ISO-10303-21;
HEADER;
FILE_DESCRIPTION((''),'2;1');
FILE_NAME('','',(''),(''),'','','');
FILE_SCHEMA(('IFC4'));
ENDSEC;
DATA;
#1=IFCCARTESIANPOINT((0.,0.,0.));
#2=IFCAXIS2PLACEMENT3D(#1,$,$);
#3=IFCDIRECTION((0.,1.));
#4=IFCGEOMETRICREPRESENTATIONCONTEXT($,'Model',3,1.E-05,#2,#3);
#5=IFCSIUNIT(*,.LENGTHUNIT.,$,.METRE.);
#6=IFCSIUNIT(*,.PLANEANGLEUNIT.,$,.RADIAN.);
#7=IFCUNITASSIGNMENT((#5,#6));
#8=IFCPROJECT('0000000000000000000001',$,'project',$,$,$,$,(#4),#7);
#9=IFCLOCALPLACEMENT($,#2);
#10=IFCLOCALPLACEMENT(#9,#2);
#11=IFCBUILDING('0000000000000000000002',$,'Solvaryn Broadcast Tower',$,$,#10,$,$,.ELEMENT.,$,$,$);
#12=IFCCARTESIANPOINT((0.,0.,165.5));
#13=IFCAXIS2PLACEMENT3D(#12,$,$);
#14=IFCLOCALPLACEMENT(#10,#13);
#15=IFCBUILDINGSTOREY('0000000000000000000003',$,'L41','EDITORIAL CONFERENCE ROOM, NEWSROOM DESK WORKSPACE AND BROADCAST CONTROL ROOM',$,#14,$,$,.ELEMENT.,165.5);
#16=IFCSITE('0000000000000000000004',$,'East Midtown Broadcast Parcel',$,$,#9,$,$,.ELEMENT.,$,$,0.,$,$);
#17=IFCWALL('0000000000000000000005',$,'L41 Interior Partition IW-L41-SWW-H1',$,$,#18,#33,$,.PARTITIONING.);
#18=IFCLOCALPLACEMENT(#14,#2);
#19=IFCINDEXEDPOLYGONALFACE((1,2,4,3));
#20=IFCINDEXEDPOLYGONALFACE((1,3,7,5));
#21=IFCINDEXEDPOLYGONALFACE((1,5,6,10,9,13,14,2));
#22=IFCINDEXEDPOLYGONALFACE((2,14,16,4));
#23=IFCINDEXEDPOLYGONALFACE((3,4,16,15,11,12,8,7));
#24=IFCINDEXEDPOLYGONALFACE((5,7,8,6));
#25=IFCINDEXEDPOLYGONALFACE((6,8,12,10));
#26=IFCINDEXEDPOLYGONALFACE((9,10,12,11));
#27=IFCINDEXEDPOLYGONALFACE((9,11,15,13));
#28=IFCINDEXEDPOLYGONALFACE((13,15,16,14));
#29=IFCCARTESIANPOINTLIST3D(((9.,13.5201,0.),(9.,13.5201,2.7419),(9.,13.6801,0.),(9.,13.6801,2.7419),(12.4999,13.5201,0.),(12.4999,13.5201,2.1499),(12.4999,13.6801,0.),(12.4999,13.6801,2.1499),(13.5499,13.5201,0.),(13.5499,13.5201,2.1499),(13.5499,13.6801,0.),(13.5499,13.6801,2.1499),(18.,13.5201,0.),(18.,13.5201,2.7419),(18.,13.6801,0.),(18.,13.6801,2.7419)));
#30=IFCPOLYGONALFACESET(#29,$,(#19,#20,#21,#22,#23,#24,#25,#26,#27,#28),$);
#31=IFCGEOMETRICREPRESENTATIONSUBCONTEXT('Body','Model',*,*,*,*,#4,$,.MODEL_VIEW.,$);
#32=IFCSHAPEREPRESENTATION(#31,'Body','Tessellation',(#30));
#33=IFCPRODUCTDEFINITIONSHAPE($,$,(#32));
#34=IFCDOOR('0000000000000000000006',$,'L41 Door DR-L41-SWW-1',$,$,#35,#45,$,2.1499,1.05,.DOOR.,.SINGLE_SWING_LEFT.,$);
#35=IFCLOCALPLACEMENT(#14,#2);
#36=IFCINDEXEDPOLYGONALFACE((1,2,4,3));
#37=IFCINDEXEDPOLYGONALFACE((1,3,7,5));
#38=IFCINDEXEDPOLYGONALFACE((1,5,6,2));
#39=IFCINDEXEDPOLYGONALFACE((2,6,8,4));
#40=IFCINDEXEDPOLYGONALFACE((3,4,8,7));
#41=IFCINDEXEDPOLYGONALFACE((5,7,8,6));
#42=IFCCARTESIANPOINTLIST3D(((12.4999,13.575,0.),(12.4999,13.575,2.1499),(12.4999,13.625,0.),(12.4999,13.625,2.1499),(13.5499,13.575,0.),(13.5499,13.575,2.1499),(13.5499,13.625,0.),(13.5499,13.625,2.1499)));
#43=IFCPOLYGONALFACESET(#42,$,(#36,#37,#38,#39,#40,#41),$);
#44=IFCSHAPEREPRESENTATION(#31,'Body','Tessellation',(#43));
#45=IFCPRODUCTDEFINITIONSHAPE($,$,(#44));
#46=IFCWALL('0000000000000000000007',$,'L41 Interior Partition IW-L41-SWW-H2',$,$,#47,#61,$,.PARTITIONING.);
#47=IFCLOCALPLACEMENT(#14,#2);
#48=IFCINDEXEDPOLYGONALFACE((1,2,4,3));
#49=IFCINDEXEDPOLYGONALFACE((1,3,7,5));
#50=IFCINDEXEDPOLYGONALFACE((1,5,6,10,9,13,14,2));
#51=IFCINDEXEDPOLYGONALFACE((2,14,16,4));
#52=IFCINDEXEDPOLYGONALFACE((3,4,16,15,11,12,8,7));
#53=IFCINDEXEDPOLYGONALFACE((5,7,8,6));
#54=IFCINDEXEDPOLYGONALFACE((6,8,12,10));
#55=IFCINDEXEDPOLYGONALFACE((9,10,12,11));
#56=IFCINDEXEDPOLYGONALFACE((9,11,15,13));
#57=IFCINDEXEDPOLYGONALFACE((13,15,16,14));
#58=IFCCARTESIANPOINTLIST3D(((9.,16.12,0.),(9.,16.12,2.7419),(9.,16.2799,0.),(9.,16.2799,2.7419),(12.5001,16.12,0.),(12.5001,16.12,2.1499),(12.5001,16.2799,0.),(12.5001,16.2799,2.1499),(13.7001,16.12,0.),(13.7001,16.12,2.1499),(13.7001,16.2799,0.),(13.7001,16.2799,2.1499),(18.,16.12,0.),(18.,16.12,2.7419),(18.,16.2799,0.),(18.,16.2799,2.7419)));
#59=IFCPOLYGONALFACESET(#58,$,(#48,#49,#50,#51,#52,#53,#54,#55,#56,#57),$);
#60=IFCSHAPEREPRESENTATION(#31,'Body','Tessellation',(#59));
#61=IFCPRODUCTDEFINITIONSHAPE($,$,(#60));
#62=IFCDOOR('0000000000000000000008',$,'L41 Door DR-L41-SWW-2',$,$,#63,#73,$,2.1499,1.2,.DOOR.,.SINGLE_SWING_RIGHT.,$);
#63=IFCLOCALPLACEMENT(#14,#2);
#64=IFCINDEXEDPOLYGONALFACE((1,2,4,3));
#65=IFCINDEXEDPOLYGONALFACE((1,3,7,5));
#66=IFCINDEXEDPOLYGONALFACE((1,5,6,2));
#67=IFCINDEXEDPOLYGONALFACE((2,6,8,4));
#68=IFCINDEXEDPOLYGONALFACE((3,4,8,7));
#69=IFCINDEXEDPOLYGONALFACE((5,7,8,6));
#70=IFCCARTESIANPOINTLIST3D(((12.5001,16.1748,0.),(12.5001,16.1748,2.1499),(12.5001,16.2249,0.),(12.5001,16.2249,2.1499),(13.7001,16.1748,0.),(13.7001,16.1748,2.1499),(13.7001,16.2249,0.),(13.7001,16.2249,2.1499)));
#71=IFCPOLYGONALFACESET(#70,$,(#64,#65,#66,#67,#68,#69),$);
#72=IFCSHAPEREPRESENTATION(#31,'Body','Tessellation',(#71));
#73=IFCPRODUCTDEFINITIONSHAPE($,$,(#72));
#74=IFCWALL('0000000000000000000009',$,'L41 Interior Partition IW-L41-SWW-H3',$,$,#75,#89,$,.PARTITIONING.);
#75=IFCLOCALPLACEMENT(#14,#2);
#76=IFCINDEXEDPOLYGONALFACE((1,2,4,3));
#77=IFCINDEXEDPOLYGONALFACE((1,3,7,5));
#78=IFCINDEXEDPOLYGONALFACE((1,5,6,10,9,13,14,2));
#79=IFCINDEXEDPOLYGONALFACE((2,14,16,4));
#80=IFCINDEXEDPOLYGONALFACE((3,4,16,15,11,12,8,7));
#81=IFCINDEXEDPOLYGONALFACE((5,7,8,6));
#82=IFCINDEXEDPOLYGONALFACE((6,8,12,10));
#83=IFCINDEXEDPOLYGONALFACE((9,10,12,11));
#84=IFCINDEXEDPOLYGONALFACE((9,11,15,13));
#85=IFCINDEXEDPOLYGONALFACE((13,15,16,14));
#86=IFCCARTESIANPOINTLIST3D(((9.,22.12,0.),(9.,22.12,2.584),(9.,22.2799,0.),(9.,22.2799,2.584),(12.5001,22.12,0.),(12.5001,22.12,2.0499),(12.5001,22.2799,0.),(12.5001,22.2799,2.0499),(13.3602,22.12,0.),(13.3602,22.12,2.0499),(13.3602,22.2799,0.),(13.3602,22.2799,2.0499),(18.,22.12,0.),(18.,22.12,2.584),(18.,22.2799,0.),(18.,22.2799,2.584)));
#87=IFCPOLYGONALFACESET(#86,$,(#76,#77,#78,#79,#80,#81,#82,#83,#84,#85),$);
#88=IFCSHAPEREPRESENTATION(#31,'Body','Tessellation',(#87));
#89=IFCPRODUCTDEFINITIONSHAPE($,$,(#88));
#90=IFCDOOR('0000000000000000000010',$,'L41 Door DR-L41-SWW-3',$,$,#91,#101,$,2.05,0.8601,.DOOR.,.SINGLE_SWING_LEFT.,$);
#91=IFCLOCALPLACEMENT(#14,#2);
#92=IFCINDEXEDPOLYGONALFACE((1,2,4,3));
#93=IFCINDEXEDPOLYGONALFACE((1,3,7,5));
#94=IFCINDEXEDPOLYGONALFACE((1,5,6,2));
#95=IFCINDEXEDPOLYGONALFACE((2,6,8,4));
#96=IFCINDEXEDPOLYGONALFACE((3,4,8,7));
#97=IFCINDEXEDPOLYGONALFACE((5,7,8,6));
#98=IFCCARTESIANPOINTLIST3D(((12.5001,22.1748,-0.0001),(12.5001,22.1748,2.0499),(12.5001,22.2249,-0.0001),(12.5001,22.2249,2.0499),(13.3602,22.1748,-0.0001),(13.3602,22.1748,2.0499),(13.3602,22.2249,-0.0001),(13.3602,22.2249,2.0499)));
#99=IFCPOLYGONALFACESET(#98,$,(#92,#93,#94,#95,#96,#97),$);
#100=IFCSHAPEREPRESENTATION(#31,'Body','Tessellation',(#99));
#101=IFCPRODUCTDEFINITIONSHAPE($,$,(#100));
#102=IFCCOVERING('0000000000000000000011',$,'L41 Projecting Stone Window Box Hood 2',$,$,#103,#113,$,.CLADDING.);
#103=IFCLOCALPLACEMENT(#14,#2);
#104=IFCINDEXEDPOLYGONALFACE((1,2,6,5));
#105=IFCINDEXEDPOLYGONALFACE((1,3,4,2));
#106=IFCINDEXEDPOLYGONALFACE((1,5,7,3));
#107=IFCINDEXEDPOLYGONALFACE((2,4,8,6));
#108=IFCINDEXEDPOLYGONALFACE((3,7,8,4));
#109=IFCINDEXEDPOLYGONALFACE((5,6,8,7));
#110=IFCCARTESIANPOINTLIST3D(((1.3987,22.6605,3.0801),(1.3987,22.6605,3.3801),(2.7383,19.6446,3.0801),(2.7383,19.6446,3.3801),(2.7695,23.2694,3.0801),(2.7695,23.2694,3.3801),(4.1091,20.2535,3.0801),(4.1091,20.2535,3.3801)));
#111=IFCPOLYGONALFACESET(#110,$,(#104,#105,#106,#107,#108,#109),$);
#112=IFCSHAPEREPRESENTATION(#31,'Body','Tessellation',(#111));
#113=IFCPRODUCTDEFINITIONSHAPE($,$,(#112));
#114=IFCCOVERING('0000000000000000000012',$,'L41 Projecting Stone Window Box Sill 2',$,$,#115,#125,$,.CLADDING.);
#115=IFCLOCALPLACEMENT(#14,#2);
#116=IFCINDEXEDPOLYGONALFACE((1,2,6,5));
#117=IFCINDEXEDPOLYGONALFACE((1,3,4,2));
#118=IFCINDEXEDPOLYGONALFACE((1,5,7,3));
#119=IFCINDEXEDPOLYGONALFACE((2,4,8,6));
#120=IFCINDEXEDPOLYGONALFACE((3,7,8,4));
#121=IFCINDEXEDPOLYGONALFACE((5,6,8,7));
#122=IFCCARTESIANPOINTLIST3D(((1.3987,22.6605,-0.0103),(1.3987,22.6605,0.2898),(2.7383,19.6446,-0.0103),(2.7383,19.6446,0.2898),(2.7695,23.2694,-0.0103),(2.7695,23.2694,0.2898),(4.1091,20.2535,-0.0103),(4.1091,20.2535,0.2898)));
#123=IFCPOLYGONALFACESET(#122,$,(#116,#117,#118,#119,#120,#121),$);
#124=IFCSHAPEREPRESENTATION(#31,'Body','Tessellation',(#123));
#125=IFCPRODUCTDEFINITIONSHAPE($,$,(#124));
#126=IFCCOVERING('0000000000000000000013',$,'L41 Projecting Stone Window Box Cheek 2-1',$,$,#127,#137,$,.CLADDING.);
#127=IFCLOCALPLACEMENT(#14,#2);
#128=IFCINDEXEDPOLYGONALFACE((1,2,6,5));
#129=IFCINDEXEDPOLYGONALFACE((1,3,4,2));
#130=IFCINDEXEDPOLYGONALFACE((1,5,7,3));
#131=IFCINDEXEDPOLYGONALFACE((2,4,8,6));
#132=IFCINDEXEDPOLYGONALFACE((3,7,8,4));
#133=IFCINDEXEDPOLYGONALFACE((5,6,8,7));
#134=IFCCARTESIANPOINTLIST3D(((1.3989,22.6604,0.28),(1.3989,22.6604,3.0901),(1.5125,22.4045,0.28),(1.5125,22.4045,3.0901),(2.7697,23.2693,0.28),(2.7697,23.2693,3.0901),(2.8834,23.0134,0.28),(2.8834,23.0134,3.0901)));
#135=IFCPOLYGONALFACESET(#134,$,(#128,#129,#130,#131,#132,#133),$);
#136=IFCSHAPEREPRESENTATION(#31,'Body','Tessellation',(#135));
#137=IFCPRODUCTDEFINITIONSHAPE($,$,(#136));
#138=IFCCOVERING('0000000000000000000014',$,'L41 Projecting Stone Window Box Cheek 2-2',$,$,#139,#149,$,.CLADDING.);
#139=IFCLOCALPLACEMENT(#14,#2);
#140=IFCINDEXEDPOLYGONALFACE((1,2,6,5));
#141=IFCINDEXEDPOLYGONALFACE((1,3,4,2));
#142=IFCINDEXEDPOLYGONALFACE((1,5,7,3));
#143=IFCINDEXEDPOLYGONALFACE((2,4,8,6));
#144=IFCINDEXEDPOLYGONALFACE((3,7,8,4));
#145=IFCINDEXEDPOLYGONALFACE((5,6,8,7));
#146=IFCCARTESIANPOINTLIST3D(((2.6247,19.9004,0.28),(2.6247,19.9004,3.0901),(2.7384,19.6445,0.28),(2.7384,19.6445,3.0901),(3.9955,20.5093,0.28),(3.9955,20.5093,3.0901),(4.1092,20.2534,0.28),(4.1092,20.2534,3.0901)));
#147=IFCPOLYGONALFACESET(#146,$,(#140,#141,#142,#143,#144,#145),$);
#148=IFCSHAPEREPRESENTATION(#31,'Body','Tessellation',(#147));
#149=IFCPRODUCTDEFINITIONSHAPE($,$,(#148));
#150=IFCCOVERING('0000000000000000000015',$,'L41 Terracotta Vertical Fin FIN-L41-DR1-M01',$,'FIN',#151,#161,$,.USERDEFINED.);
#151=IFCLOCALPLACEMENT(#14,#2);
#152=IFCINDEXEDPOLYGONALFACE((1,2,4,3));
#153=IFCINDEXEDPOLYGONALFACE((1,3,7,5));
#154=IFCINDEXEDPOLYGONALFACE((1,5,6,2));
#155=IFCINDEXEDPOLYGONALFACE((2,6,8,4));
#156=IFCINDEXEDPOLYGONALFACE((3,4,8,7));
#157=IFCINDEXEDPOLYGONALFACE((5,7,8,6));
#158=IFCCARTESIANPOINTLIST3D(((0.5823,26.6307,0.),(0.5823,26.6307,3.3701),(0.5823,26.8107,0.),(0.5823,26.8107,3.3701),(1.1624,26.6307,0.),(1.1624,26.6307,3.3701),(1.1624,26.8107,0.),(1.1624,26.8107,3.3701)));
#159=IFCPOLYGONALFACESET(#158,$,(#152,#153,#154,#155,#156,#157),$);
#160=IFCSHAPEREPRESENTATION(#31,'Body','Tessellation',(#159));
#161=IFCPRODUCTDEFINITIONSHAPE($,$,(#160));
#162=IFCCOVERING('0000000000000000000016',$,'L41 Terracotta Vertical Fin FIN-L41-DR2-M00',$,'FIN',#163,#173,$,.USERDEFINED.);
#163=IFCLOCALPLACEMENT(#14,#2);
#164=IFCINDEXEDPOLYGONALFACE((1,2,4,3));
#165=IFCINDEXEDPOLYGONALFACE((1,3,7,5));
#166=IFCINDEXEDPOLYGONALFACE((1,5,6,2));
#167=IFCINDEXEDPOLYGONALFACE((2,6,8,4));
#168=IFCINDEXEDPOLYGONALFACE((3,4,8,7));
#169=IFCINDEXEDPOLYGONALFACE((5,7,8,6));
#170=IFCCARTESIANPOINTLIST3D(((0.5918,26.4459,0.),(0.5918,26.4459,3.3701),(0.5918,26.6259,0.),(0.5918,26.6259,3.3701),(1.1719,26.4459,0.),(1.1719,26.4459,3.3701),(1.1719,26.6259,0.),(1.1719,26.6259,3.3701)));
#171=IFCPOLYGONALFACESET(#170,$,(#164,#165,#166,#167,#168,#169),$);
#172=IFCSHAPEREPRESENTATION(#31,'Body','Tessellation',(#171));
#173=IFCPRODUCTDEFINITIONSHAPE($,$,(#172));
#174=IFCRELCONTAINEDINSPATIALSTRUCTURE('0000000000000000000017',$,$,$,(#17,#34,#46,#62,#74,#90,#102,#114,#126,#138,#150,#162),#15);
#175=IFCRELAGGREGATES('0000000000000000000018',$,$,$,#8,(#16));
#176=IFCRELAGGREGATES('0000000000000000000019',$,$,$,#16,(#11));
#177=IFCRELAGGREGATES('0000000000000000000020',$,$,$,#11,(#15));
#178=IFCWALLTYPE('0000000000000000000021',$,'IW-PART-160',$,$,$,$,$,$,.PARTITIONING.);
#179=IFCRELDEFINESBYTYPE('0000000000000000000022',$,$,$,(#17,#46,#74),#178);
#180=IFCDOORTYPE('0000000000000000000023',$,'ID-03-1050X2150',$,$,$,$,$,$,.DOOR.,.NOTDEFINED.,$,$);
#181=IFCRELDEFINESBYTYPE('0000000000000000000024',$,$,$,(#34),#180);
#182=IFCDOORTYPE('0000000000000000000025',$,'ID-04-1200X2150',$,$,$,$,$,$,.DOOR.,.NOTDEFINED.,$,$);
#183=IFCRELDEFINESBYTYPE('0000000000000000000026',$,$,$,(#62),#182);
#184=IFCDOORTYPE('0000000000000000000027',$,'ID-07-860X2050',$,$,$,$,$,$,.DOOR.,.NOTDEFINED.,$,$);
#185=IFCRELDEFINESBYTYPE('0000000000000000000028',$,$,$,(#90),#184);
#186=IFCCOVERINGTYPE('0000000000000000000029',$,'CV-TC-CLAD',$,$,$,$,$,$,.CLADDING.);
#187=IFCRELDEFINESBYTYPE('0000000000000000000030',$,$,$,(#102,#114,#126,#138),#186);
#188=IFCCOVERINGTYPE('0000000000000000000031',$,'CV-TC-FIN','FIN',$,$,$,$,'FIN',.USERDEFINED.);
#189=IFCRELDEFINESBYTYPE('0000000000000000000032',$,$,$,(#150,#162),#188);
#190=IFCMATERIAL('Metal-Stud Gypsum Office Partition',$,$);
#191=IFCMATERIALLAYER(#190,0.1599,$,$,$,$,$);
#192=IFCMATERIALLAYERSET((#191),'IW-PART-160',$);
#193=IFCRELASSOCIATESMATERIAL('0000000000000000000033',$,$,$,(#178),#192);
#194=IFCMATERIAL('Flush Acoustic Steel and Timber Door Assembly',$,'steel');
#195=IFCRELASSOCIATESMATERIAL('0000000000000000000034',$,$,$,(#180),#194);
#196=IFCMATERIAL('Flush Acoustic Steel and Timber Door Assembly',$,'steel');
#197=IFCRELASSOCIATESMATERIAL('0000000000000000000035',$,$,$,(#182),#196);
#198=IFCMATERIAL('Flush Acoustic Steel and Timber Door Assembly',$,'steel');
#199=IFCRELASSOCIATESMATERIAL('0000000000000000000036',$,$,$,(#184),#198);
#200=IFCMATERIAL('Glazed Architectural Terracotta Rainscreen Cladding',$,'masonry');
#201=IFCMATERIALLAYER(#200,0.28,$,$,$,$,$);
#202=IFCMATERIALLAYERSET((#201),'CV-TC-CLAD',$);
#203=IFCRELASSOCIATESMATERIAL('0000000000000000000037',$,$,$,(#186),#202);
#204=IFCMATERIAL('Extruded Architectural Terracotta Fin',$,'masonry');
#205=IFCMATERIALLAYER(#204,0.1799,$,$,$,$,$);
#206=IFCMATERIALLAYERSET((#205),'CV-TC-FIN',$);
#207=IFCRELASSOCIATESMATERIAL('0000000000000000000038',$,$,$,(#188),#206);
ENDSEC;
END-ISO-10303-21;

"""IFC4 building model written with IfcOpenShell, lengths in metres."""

from ifc_helpers import new_model, si_unit, direction, frame, frame_2d, origin, origin_2d, place, context, subcontext, project, spatial, rectangle, extrude, material, layer, layer_set, type_object, element, fill, save


model = new_model("IFC4")

# Units and contexts
model_context = context("Model", 3, precision=1e-05, world=origin(), true_north=direction((0.0, 1.0)))
body_context = subcontext(model_context, "Body", "Model", "MODEL_VIEW")
ifc_project = project(units=[si_unit("LENGTHUNIT", "METRE"), si_unit("PLANEANGLEUNIT", "RADIAN")], contexts=[model_context])

# Site, building, storey
site_placement = place(None, origin())
site = spatial("IfcSite", under=ifc_project, at=site_placement, Name="East Midtown Broadcast Parcel", CompositionType="ELEMENT", RefElevation=0.0)
building_placement = place(site_placement, origin())
building = spatial("IfcBuilding", under=site, at=building_placement, Name="Solvaryn Broadcast Tower", CompositionType="ELEMENT")
storey_placement = place(building_placement, frame((0.0, 0.0, 165.5)))
storey = spatial("IfcBuildingStorey", under=building, at=storey_placement, Name="L41", Description="EDITORIAL CONFERENCE ROOM, NEWSROOM DESK WORKSPACE AND BROADCAST CONTROL ROOM", CompositionType="ELEMENT", Elevation=165.5)

# Walls, openings, doors
ifc_material_1 = material(Name="Metal-Stud Gypsum Office Partition")
ifc_layer_1 = layer(ifc_material_1, 0.1599)
ifc_layer_set_1 = layer_set([ifc_layer_1], Name="IW-PART-160")
wall_type = type_object("IfcWallType", Name="IW-PART-160", PredefinedType="PARTITIONING", material=ifc_layer_set_1)
wall_1_placement = place(storey_placement, frame((9.0, 13.6001, 0.0), z_axis=(0.0, 0.0, 1.0), x_axis=(1.0, 0.0, 0.0)))
wall_1 = element("IfcWall", 1, at=wall_1_placement, inside=storey, type_object=wall_type, Name="L41 Interior Partition IW-L41-SWW-H1", PredefinedType="PARTITIONING", context=body_context, shape_type="SweptSolid", body=[
    extrude(rectangle(XDim=9.0, YDim=0.1599, at=frame_2d((4.5, 0.0))), origin(), (0.0, 0.0, 1.0), 2.7419),
])
opening_1_placement = place(wall_1_placement, frame((3.5, 0.0, 0.0)))
opening_1 = element("IfcOpeningElement", 2, at=opening_1_placement, cuts=wall_1, PredefinedType="OPENING", context=body_context, shape_type="SweptSolid", body=[
    extrude(rectangle(XDim=1.05, YDim=2.1499, at=frame_2d((0.5249, 1.075))), frame((0.0, 0.0901, 0.0), z_axis=(0.0, -1.0, 0.0), x_axis=(1.0, 0.0, 0.0)), (0.0, 0.0, 1.0), 0.1799),
])
ifc_material_2 = material(Name="Flush Acoustic Steel and Timber Door Assembly", Category="steel")
door_type_1 = type_object("IfcDoorType", Name="ID-03-1050X2150", OperationType="NOTDEFINED", PredefinedType="DOOR", material=ifc_material_2)
door_1_placement = place(opening_1_placement, origin())
door_1 = element("IfcDoor", 3, at=door_1_placement, inside=storey, type_object=door_type_1, Name="L41 Door DR-L41-SWW-1", OperationType="SINGLE_SWING_LEFT", OverallHeight=2.1499, OverallWidth=1.05, PredefinedType="DOOR", context=body_context, shape_type="SweptSolid", body=[
    extrude(rectangle(XDim=1.05, YDim=2.1499, at=frame_2d((0.5249, 1.075))), frame((0.0, 0.0249, 0.0), z_axis=(0.0, -1.0, 0.0), x_axis=(1.0, 0.0, 0.0)), (0.0, 0.0, 1.0), 0.05),
])
fill(opening_1, door_1)
wall_2_placement = place(storey_placement, frame((9.0, 16.2, 0.0), z_axis=(0.0, 0.0, 1.0), x_axis=(1.0, 0.0, 0.0)))
wall_2 = element("IfcWall", 4, at=wall_2_placement, inside=storey, type_object=wall_type, Name="L41 Interior Partition IW-L41-SWW-H2", PredefinedType="PARTITIONING", context=body_context, shape_type="SweptSolid", body=[
    extrude(rectangle(XDim=9.0, YDim=0.1599, at=frame_2d((4.5, 0.0))), origin(), (0.0, 0.0, 1.0), 2.7419),
])
opening_2_placement = place(wall_2_placement, frame((3.5, 0.0, 0.0)))
opening_2 = element("IfcOpeningElement", 5, at=opening_2_placement, cuts=wall_2, PredefinedType="OPENING", context=body_context, shape_type="SweptSolid", body=[
    extrude(rectangle(XDim=1.2, YDim=2.1499, at=frame_2d((0.6001, 1.075))), frame((0.0, 0.0901, 0.0), z_axis=(0.0, -1.0, 0.0), x_axis=(1.0, 0.0, 0.0)), (0.0, 0.0, 1.0), 0.1799),
])
ifc_material_3 = material(Name="Flush Acoustic Steel and Timber Door Assembly", Category="steel")
door_type_2 = type_object("IfcDoorType", Name="ID-04-1200X2150", OperationType="NOTDEFINED", PredefinedType="DOOR", material=ifc_material_3)
door_2_placement = place(opening_2_placement, origin())
door_2 = element("IfcDoor", 6, at=door_2_placement, inside=storey, type_object=door_type_2, Name="L41 Door DR-L41-SWW-2", OperationType="SINGLE_SWING_RIGHT", OverallHeight=2.1499, OverallWidth=1.2, PredefinedType="DOOR", context=body_context, shape_type="SweptSolid", body=[
    extrude(rectangle(XDim=1.2, YDim=2.1499, at=frame_2d((0.6001, 1.075))), frame((0.0, 0.0249, 0.0), z_axis=(0.0, -1.0, 0.0), x_axis=(1.0, 0.0, 0.0)), (0.0, 0.0, 1.0), 0.05),
])
fill(opening_2, door_2)
wall_3_placement = place(storey_placement, frame((9.0, 22.2, 0.0), z_axis=(0.0, 0.0, 1.0), x_axis=(1.0, 0.0, 0.0)))
wall_3 = element("IfcWall", 7, at=wall_3_placement, inside=storey, type_object=wall_type, Name="L41 Interior Partition IW-L41-SWW-H3", PredefinedType="PARTITIONING", context=body_context, shape_type="SweptSolid", body=[
    extrude(rectangle(XDim=9.0, YDim=0.1599, at=frame_2d((4.5, 0.0))), origin(), (0.0, 0.0, 1.0), 2.584),
])
opening_3_placement = place(wall_3_placement, frame((3.5, 0.0, 0.0)))
opening_3 = element("IfcOpeningElement", 8, at=opening_3_placement, cuts=wall_3, PredefinedType="OPENING", context=body_context, shape_type="SweptSolid", body=[
    extrude(rectangle(XDim=0.8601, YDim=2.05, at=frame_2d((0.4302, 1.0249))), frame((0.0, 0.0901, 0.0), z_axis=(0.0, -1.0, 0.0), x_axis=(1.0, 0.0, 0.0)), (0.0, 0.0, 1.0), 0.1799),
])
ifc_material_4 = material(Name="Flush Acoustic Steel and Timber Door Assembly", Category="steel")
door_type_3 = type_object("IfcDoorType", Name="ID-07-860X2050", OperationType="NOTDEFINED", PredefinedType="DOOR", material=ifc_material_4)
door_3_placement = place(opening_3_placement, origin())
door_3 = element("IfcDoor", 9, at=door_3_placement, inside=storey, type_object=door_type_3, Name="L41 Door DR-L41-SWW-3", OperationType="SINGLE_SWING_LEFT", OverallHeight=2.05, OverallWidth=0.8601, PredefinedType="DOOR", context=body_context, shape_type="SweptSolid", body=[
    extrude(rectangle(XDim=0.8601, YDim=2.05, at=frame_2d((0.4302, 1.0249))), frame((0.0, 0.0249, 0.0), z_axis=(0.0, -1.0, 0.0), x_axis=(1.0, 0.0, 0.0)), (0.0, 0.0, 1.0), 0.05),
])
fill(opening_3, door_3)

# Coverings
ifc_material_5 = material(Name="Glazed Architectural Terracotta Rainscreen Cladding", Category="masonry")
ifc_layer_2 = layer(ifc_material_5, 0.28)
ifc_layer_set_2 = layer_set([ifc_layer_2], Name="CV-TC-CLAD")
covering_type_1 = type_object("IfcCoveringType", Name="CV-TC-CLAD", PredefinedType="CLADDING", material=ifc_layer_set_2)
for number, where, z_axis, x_axis, name in (
    (10, (2.7539, 21.457, 3.0801), (0.0, 0.0, 1.0), (0.405939, -0.9139, 0.0), "L41 Projecting Stone Window Box Hood 2"),
    (11, (2.7539, 21.457, -0.0103), (0.0, 0.0, 1.0), (0.405939, -0.9139, 0.0), "L41 Projecting Stone Window Box Sill 2"),
):
    element("IfcCovering", number, at=place(storey_placement, frame(where, z_axis=z_axis, x_axis=x_axis)), inside=storey, type_object=covering_type_1, Name=name, PredefinedType="CLADDING", context=body_context, shape_type="SweptSolid", body=[
        extrude(rectangle(XDim=3.3, YDim=1.5, at=origin_2d()), origin(), (0.0, 0.0, 1.0), 0.3),
    ])
for number, where, z_axis, x_axis, name in (
    (12, (2.1411, 22.8369, 0.28), (0.0, 0.0, 1.0), (0.405939, -0.9139, 0.0), "L41 Projecting Stone Window Box Cheek 2-1"),
    (13, (3.3669, 20.0769, 0.28), (0.0, 0.0, 1.0), (0.405939, -0.9139, 0.0), "L41 Projecting Stone Window Box Cheek 2-2"),
):
    element("IfcCovering", number, at=place(storey_placement, frame(where, z_axis=z_axis, x_axis=x_axis)), inside=storey, type_object=covering_type_1, Name=name, PredefinedType="CLADDING", context=body_context, shape_type="SweptSolid", body=[
        extrude(rectangle(XDim=0.28, YDim=1.5, at=origin_2d()), origin(), (0.0, 0.0, 1.0), 2.8101),
    ])
ifc_material_6 = material(Name="Extruded Architectural Terracotta Fin", Category="masonry")
ifc_layer_3 = layer(ifc_material_6, 0.1799)
ifc_layer_set_3 = layer_set([ifc_layer_3], Name="CV-TC-FIN")
covering_type_2 = type_object("IfcCoveringType", Name="CV-TC-FIN", Description="FIN", ElementType="FIN", PredefinedType="USERDEFINED", material=ifc_layer_set_3)
for number, where, z_axis, x_axis, name in (
    (14, (0.8723, 26.7207, 0.0), (0.0, 0.0, 1.0), (1.0, 0.0, 0.0), "L41 Terracotta Vertical Fin FIN-L41-DR1-M01"),
    (15, (0.8818, 26.5359, 0.0), (0.0, 0.0, 1.0), (1.0, 0.0, 0.0), "L41 Terracotta Vertical Fin FIN-L41-DR2-M00"),
):
    element("IfcCovering", number, at=place(storey_placement, frame(where, z_axis=z_axis, x_axis=x_axis)), inside=storey, type_object=covering_type_2, Name=name, ObjectType="FIN", PredefinedType="USERDEFINED", context=body_context, shape_type="SweptSolid", body=[
        extrude(rectangle(XDim=0.5801, YDim=0.1799, at=origin_2d()), origin(), (0.0, 0.0, 1.0), 3.3701),
    ])

save(model, "model.ifc")
